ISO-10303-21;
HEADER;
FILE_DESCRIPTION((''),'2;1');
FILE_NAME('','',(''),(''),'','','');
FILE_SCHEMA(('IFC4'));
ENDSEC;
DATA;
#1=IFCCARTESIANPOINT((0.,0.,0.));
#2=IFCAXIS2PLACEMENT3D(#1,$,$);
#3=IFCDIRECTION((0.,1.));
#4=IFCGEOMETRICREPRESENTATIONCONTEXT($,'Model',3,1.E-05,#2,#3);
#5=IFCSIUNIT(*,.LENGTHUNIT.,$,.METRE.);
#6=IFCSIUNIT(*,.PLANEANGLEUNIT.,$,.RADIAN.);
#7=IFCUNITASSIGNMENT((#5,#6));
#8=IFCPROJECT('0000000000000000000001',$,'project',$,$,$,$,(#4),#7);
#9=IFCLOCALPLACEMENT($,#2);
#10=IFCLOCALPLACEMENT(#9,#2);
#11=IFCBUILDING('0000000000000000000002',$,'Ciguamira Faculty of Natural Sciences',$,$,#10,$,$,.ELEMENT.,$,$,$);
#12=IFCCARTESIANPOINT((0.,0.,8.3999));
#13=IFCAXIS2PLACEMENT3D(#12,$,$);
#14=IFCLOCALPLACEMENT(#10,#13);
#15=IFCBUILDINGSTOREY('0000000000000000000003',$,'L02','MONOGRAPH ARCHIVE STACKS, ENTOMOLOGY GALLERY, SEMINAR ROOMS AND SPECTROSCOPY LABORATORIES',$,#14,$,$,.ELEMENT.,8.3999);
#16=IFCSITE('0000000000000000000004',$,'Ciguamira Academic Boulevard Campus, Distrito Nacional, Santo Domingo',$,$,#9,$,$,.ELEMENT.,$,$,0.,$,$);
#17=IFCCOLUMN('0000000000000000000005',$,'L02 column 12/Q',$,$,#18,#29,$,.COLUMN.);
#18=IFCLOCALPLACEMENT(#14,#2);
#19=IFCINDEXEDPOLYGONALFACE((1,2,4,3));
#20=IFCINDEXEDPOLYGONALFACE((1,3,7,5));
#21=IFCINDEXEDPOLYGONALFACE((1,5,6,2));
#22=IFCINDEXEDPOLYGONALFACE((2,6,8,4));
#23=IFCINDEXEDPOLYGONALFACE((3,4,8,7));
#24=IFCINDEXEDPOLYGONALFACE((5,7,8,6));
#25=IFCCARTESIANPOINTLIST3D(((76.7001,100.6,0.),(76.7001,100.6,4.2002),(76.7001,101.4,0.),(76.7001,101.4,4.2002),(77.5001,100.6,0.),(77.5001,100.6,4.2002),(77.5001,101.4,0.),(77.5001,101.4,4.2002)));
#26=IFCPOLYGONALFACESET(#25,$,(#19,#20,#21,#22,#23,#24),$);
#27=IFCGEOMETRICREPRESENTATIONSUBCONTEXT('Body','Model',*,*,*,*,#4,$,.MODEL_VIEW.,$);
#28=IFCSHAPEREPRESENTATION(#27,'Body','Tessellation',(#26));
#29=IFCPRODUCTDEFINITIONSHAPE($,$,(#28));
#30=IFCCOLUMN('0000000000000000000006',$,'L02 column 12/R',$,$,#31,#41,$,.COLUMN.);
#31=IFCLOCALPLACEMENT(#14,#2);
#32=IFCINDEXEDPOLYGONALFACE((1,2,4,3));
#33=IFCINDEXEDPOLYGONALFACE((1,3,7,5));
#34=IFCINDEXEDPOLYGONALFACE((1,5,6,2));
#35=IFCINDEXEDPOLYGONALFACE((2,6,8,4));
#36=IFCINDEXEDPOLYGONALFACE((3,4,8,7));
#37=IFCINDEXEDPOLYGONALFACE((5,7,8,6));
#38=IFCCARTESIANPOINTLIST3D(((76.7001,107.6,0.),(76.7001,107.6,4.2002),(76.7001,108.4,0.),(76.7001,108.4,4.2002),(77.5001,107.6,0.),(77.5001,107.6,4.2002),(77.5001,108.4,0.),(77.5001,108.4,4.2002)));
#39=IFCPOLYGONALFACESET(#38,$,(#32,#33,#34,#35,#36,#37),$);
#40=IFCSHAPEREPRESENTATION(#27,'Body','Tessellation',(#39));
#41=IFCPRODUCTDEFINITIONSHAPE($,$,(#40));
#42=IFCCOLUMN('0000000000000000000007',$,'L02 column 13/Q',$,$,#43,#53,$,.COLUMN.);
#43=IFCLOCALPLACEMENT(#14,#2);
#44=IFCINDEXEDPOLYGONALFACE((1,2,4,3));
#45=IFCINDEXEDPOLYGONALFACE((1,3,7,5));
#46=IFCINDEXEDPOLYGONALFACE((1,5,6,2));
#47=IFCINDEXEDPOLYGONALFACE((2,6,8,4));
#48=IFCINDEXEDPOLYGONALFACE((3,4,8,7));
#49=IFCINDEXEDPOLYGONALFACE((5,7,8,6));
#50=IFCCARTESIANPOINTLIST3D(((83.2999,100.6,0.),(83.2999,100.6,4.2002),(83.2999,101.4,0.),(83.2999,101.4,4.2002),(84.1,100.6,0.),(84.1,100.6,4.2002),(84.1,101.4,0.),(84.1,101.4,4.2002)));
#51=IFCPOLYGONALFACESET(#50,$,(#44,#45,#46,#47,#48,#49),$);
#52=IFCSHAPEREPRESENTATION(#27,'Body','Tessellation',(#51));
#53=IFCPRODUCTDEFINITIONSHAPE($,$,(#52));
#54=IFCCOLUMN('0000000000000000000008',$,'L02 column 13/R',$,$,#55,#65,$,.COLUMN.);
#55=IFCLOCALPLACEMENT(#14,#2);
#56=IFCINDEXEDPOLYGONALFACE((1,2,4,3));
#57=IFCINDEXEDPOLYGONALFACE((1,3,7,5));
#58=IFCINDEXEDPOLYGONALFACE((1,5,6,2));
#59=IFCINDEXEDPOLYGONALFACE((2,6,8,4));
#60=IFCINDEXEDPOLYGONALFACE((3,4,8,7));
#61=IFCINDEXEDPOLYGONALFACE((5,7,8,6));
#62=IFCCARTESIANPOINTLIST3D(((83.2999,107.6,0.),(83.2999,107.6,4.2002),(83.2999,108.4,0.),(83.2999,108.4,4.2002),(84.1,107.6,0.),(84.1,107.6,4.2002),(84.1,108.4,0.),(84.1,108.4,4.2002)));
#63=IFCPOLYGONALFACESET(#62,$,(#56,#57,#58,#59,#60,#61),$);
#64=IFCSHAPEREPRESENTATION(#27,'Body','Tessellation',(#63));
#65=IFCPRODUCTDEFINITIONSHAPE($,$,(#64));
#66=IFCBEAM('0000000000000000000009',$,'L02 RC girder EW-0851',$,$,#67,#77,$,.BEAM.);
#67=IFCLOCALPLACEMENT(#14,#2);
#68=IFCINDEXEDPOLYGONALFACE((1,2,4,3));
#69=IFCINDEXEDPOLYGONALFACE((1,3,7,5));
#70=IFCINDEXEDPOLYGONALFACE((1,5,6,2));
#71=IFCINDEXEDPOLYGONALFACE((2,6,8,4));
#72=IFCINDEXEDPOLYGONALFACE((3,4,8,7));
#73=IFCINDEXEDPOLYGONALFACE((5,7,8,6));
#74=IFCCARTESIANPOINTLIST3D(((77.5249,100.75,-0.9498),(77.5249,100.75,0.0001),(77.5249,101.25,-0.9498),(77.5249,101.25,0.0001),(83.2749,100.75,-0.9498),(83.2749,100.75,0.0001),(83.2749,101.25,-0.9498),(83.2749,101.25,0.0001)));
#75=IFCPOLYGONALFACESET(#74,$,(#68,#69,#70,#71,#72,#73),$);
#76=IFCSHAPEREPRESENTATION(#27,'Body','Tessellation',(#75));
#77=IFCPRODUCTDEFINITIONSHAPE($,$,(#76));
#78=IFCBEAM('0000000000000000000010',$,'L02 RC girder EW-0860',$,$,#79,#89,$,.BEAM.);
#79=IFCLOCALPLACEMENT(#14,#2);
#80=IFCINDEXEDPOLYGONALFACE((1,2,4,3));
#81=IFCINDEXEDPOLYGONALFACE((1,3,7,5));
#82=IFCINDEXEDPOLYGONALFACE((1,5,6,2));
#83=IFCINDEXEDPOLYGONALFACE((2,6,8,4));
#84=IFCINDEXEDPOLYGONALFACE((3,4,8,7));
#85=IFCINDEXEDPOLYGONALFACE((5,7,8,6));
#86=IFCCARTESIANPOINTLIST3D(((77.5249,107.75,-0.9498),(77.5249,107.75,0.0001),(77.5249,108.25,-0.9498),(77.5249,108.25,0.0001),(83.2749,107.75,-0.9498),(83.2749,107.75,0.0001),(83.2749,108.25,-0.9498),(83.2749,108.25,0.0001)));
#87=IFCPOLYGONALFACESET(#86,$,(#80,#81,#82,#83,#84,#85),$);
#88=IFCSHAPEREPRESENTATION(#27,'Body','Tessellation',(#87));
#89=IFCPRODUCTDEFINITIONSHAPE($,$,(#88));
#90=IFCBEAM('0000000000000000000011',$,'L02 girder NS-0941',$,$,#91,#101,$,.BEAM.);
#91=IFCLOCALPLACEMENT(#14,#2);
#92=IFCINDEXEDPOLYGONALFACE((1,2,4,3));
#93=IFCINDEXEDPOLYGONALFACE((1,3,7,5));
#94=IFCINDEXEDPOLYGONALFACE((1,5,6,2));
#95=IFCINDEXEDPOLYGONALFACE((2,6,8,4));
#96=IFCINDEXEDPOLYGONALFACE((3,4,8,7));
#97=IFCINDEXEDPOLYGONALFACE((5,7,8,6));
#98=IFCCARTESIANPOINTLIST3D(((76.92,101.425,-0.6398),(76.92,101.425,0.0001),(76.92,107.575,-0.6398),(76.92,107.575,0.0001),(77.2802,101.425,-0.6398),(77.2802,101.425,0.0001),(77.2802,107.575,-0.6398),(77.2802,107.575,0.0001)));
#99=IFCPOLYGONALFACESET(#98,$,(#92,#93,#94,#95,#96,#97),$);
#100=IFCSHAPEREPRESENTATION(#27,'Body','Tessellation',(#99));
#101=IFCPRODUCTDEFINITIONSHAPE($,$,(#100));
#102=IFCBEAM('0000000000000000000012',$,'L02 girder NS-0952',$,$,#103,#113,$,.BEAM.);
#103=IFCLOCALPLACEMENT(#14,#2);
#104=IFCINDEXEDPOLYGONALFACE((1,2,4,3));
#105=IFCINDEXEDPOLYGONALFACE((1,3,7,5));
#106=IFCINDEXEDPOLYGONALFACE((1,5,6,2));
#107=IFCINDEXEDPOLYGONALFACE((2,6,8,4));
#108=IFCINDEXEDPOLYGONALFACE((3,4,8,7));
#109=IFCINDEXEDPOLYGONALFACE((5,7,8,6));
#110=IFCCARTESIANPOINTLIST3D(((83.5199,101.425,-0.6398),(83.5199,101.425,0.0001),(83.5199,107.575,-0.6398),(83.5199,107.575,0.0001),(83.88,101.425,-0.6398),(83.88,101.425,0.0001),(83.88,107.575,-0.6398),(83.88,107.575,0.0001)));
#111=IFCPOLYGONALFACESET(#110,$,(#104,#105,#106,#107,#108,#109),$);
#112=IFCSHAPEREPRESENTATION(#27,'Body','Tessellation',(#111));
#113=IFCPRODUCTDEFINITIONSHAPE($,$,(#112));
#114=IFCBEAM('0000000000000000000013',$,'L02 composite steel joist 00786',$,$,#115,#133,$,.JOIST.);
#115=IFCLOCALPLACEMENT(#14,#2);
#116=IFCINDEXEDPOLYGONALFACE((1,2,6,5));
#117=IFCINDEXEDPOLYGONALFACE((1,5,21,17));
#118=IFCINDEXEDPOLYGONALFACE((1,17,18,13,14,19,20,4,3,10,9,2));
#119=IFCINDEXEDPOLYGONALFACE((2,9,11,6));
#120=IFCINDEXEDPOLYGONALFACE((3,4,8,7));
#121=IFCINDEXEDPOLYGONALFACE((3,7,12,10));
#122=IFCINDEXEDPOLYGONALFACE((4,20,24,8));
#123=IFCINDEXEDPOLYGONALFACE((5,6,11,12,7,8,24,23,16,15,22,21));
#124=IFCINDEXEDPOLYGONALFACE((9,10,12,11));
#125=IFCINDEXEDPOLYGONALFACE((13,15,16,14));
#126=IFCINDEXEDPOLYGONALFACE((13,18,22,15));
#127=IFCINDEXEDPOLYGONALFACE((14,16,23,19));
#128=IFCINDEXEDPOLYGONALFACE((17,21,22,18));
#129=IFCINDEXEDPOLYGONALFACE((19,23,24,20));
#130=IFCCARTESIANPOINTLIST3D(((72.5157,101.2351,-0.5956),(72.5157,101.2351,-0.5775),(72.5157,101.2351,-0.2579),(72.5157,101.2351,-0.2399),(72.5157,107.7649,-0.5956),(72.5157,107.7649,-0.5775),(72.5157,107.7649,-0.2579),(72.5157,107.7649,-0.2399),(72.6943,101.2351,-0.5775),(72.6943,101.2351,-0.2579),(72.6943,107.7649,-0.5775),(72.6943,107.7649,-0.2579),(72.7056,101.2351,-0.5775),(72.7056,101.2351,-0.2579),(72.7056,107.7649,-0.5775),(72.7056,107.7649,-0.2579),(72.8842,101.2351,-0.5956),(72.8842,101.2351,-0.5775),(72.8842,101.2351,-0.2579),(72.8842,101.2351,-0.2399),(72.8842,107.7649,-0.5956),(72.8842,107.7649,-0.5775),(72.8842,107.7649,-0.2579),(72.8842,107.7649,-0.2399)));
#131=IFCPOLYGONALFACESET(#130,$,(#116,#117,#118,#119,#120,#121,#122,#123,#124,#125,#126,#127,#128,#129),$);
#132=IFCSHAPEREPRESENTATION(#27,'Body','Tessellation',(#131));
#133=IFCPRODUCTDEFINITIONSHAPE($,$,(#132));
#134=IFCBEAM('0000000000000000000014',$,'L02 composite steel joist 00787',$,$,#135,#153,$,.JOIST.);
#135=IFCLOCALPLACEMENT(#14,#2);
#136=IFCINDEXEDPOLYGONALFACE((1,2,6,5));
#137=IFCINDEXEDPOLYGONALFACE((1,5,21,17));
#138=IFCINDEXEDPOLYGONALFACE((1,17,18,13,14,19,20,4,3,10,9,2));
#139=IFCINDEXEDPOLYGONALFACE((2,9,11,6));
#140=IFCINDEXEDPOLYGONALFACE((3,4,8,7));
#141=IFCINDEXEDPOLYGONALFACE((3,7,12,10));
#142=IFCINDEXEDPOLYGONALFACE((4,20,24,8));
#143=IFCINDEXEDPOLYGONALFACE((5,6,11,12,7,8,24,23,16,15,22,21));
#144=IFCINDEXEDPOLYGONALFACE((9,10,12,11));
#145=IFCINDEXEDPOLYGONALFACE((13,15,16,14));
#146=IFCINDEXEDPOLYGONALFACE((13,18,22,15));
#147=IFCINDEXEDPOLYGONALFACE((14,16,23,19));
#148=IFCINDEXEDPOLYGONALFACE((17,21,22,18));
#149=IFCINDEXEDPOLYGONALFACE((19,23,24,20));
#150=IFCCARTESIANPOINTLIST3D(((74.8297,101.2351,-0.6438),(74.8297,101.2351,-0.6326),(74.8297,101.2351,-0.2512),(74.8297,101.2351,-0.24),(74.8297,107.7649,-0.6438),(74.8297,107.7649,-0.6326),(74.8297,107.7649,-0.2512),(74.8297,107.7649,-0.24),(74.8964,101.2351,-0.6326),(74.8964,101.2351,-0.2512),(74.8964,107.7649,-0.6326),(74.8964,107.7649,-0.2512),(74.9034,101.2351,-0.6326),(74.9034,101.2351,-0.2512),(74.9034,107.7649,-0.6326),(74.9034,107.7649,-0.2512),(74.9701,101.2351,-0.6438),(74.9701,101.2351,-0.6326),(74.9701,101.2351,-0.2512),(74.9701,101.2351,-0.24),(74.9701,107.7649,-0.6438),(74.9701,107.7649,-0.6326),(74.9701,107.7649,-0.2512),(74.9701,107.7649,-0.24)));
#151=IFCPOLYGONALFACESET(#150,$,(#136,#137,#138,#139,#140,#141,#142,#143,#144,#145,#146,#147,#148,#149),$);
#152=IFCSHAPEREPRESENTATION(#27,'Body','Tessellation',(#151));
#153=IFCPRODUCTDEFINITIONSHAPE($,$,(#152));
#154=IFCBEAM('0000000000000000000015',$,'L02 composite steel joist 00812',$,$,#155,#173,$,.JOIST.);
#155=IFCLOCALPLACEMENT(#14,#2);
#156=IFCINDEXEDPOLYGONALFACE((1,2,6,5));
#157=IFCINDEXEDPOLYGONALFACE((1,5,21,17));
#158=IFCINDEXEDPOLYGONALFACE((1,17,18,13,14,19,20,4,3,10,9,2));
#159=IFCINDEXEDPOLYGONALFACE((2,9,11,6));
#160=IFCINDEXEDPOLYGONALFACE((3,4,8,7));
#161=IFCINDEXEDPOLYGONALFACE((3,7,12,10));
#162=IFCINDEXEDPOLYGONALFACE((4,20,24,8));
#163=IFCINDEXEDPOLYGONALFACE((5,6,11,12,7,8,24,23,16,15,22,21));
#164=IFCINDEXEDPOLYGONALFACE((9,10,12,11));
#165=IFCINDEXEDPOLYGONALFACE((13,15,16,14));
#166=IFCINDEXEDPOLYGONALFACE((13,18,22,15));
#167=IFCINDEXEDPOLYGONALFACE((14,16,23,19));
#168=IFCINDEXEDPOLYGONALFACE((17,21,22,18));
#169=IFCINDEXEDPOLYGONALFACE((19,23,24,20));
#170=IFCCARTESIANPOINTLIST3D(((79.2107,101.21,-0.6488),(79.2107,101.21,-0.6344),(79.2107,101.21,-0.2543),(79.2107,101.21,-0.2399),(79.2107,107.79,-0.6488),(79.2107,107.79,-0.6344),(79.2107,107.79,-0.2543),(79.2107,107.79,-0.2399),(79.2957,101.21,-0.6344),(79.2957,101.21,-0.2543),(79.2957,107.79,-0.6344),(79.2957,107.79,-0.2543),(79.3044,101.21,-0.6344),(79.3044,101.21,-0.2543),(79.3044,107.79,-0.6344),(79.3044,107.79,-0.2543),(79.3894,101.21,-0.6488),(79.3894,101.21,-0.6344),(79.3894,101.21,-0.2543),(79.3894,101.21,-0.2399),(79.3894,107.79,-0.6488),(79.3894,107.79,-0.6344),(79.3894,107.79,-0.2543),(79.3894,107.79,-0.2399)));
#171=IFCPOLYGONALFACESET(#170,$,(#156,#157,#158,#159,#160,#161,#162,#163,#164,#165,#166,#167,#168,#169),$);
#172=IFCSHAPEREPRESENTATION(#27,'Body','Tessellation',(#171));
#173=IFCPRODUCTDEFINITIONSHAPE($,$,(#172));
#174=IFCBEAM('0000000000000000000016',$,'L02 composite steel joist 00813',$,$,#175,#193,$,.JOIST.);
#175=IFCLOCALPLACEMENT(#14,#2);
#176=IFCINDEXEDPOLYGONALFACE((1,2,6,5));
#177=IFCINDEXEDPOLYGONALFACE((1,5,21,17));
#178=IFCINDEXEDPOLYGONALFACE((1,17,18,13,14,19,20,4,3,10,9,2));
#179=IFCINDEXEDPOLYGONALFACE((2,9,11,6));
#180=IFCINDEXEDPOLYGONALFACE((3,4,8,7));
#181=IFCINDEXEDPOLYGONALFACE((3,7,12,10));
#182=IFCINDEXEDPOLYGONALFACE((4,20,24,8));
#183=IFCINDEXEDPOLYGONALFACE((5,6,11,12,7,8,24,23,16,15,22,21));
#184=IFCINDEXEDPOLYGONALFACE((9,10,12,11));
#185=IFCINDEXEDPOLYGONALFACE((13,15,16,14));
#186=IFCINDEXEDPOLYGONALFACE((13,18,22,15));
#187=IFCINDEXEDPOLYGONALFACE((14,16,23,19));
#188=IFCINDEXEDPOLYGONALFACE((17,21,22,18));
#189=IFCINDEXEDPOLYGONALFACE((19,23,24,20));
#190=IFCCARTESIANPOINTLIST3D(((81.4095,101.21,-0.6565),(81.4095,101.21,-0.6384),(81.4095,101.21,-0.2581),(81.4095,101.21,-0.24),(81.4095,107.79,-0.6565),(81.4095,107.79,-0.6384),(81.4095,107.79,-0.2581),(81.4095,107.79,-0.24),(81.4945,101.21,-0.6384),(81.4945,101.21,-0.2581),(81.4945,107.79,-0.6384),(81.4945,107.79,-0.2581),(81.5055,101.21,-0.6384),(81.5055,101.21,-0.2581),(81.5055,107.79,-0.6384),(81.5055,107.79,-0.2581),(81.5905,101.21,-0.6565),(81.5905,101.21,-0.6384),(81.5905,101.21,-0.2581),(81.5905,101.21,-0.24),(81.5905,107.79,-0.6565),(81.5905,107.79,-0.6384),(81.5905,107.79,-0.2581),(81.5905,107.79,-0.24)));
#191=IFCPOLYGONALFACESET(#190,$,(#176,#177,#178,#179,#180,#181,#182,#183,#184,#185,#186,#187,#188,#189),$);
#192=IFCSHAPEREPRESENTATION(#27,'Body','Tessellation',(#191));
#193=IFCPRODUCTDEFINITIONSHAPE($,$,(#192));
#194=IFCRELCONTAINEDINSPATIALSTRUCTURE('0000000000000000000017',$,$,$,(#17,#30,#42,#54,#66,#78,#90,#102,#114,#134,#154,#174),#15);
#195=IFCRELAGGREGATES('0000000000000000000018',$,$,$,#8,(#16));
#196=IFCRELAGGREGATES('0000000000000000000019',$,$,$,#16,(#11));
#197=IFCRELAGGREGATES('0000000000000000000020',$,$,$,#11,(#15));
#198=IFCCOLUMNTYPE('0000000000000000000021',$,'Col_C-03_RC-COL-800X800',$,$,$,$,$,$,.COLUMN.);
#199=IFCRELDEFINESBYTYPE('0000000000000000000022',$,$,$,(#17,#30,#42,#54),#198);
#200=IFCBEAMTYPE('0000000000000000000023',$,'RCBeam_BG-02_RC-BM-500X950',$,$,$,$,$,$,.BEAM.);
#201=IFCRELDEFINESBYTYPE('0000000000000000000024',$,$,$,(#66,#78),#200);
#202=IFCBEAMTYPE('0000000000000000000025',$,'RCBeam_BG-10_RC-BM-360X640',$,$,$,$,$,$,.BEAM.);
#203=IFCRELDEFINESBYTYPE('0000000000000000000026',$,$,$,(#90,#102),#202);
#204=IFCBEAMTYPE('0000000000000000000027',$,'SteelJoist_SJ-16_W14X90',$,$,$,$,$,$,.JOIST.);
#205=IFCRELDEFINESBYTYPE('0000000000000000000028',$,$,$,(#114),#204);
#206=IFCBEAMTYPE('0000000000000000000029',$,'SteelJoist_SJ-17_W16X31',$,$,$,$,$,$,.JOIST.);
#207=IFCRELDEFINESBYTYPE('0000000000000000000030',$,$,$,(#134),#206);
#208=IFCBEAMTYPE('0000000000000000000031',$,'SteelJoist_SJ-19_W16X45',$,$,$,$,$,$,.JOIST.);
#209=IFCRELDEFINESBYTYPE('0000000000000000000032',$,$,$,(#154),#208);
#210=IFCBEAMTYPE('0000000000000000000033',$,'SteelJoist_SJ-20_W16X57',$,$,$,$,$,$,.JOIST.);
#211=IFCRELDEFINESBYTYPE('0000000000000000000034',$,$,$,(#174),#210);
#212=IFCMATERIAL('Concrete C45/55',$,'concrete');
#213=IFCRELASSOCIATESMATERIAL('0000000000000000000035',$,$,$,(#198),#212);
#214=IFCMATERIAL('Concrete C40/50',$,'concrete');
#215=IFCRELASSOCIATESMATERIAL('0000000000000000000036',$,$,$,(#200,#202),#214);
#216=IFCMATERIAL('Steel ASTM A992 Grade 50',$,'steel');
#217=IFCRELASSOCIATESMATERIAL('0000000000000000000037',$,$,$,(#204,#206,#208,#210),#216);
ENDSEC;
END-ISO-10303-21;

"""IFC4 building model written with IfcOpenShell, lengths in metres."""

from ifc_helpers import new_model, si_unit, direction, frame, origin, origin_2d, place, context, subcontext, project, spatial, rectangle, i_section, extrude, material, material_profile, profile_set, type_object, element, save


model = new_model("IFC4")

# Units and contexts
model_context = context("Model", 3, precision=1e-05, world=origin(), true_north=direction((0.0, 1.0)))
body_context = subcontext(model_context, "Body", "Model", "MODEL_VIEW")
ifc_project = project(units=[si_unit("LENGTHUNIT", "METRE"), si_unit("PLANEANGLEUNIT", "RADIAN")], contexts=[model_context])

# Site, building, storey
site_placement = place(None, origin())
site = spatial("IfcSite", under=ifc_project, at=site_placement, Name="Ciguamira Academic Boulevard Campus, Distrito Nacional, Santo Domingo", CompositionType="ELEMENT", RefElevation=0.0)
building_placement = place(site_placement, origin())
building = spatial("IfcBuilding", under=site, at=building_placement, Name="Ciguamira Faculty of Natural Sciences", CompositionType="ELEMENT")
storey_placement = place(building_placement, frame((0.0, 0.0, 8.3999)))
storey = spatial("IfcBuildingStorey", under=building, at=storey_placement, Name="L02", Description="MONOGRAPH ARCHIVE STACKS, ENTOMOLOGY GALLERY, SEMINAR ROOMS AND SPECTROSCOPY LABORATORIES", CompositionType="ELEMENT", Elevation=8.3999)

# Columns
ifc_material_1 = material(Name="Concrete C45/55", Category="concrete")
ifc_material_profile_1 = material_profile(ifc_material_1, rectangle(XDim=0.8, YDim=0.8, at=origin_2d()), Name="RC-COL-800X800")
ifc_profile_set_1 = profile_set([ifc_material_profile_1], Name="Concrete C45/55")
column_type = type_object("IfcColumnType", Name="Col_C-03_RC-COL-800X800", PredefinedType="COLUMN", material=ifc_profile_set_1)
for number, where, z_axis, x_axis, name in (
    (1, (77.1001, 101.0, 0.0), (0.0, 0.0, 1.0), (1.0, 0.0, 0.0), "L02 column 12/Q"),
    (2, (77.1001, 108.0, 0.0), (0.0, 0.0, 1.0), (1.0, 0.0, 0.0), "L02 column 12/R"),
    (3, (83.7, 101.0, 0.0), (0.0, 0.0, 1.0), (1.0, 0.0, 0.0), "L02 column 13/Q"),
    (4, (83.7, 108.0, 0.0), (0.0, 0.0, 1.0), (1.0, 0.0, 0.0), "L02 column 13/R"),
):
    element("IfcColumn", number, at=place(storey_placement, frame(where, z_axis=z_axis, x_axis=x_axis)), inside=storey, type_object=column_type, Name=name, PredefinedType="COLUMN", context=body_context, shape_type="SweptSolid", body=[
        extrude(rectangle(XDim=0.8, YDim=0.8, at=origin_2d()), origin(), (0.0, 0.0, 1.0), 4.2002),
    ])

# Beams
ifc_material_2 = material(Name="Concrete C40/50", Category="concrete")
ifc_material_profile_2 = material_profile(ifc_material_2, rectangle(XDim=0.5, YDim=0.95, at=origin_2d()), Name="RC-BM-500X950")
ifc_profile_set_2 = profile_set([ifc_material_profile_2], Name="Concrete C40/50")
beam_type_1 = type_object("IfcBeamType", Name="RCBeam_BG-02_RC-BM-500X950", PredefinedType="BEAM", material=ifc_profile_set_2)
for number, where, z_axis, x_axis, name in (
    (5, (77.5249, 101.0, -0.4749), (1.0, 0.0, 0.0), (0.0, 1.0, 0.0), "L02 RC girder EW-0851"),
    (6, (77.5249, 108.0, -0.4749), (1.0, 0.0, 0.0), (0.0, 1.0, 0.0), "L02 RC girder EW-0860"),
):
    element("IfcBeam", number, at=place(storey_placement, frame(where, z_axis=z_axis, x_axis=x_axis)), inside=storey, type_object=beam_type_1, Name=name, PredefinedType="BEAM", context=body_context, shape_type="SweptSolid", body=[
        extrude(rectangle(XDim=0.5, YDim=0.95, at=origin_2d()), origin(), (0.0, 0.0, 1.0), 5.75),
    ])
ifc_material_profile_3 = material_profile(ifc_material_2, rectangle(XDim=0.3601, YDim=0.6399, at=origin_2d()), Name="RC-BM-360X640")
ifc_profile_set_3 = profile_set([ifc_material_profile_3], Name="Concrete C40/50")
beam_type_2 = type_object("IfcBeamType", Name="RCBeam_BG-10_RC-BM-360X640", PredefinedType="BEAM", material=ifc_profile_set_3)
for number, where, z_axis, x_axis, name in (
    (7, (77.1001, 101.425, -0.3198), (0.0, 1.0, 0.0), (-1.0, 0.0, 0.0), "L02 girder NS-0941"),
    (8, (83.7, 101.425, -0.3198), (0.0, 1.0, 0.0), (-1.0, 0.0, 0.0), "L02 girder NS-0952"),
):
    element("IfcBeam", number, at=place(storey_placement, frame(where, z_axis=z_axis, x_axis=x_axis)), inside=storey, type_object=beam_type_2, Name=name, PredefinedType="BEAM", context=body_context, shape_type="SweptSolid", body=[
        extrude(rectangle(XDim=0.3601, YDim=0.6399, at=origin_2d()), origin(), (0.0, 0.0, 1.0), 6.1499),
    ])
ifc_material_3 = material(Name="Steel ASTM A992 Grade 50", Category="steel")
ifc_material_profile_4 = material_profile(ifc_material_3, i_section(OverallWidth=0.3684, OverallDepth=0.3557, WebThickness=0.0112, FlangeThickness=0.0181, at=origin_2d()), Name="W14X90")
ifc_profile_set_4 = profile_set([ifc_material_profile_4], Name="Steel ASTM A992 Grade 50")
beam_type_3 = type_object("IfcBeamType", Name="SteelJoist_SJ-16_W14X90", PredefinedType="JOIST", material=ifc_profile_set_4)
beam_1_placement = place(storey_placement, frame((72.7, 101.2351, -0.4177), z_axis=(0.0, 1.0, 0.0), x_axis=(-1.0, 0.0, 0.0)))
element("IfcBeam", 9, at=beam_1_placement, inside=storey, type_object=beam_type_3, Name="L02 composite steel joist 00786", PredefinedType="JOIST", context=body_context, shape_type="SweptSolid", body=[
    extrude(i_section(OverallWidth=0.3684, OverallDepth=0.3557, WebThickness=0.0112, FlangeThickness=0.0181, at=origin_2d()), origin(), (0.0, 0.0, 1.0), 6.5298),
])
ifc_material_profile_5 = material_profile(ifc_material_3, i_section(OverallWidth=0.1404, OverallDepth=0.4038, WebThickness=0.0071, FlangeThickness=0.0112, at=origin_2d()), Name="W16X31")
ifc_profile_set_5 = profile_set([ifc_material_profile_5], Name="Steel ASTM A992 Grade 50")
beam_type_4 = type_object("IfcBeamType", Name="SteelJoist_SJ-17_W16X31", PredefinedType="JOIST", material=ifc_profile_set_5)
beam_2_placement = place(storey_placement, frame((74.8999, 101.2351, -0.4419), z_axis=(0.0, 1.0, 0.0), x_axis=(-1.0, 0.0, 0.0)))
element("IfcBeam", 10, at=beam_2_placement, inside=storey, type_object=beam_type_4, Name="L02 composite steel joist 00787", PredefinedType="JOIST", context=body_context, shape_type="SweptSolid", body=[
    extrude(i_section(OverallWidth=0.1404, OverallDepth=0.4038, WebThickness=0.0071, FlangeThickness=0.0112, at=origin_2d()), origin(), (0.0, 0.0, 1.0), 6.5298),
])
ifc_material_profile_6 = material_profile(ifc_material_3, i_section(OverallWidth=0.1787, OverallDepth=0.4089, WebThickness=0.0088, FlangeThickness=0.0144, at=origin_2d()), Name="W16X45")
ifc_profile_set_6 = profile_set([ifc_material_profile_6], Name="Steel ASTM A992 Grade 50")
beam_type_5 = type_object("IfcBeamType", Name="SteelJoist_SJ-19_W16X45", PredefinedType="JOIST", material=ifc_profile_set_6)
beam_3_placement = place(storey_placement, frame((79.3, 101.21, -0.4443), z_axis=(0.0, 1.0, 0.0), x_axis=(-1.0, 0.0, 0.0)))
element("IfcBeam", 11, at=beam_3_placement, inside=storey, type_object=beam_type_5, Name="L02 composite steel joist 00812", PredefinedType="JOIST", context=body_context, shape_type="SweptSolid", body=[
    extrude(i_section(OverallWidth=0.1787, OverallDepth=0.4089, WebThickness=0.0088, FlangeThickness=0.0144, at=origin_2d()), origin(), (0.0, 0.0, 1.0), 6.5801),
])
ifc_material_profile_7 = material_profile(ifc_material_3, i_section(OverallWidth=0.1809, OverallDepth=0.4165, WebThickness=0.011, FlangeThickness=0.0181, at=origin_2d()), Name="W16X57")
ifc_profile_set_7 = profile_set([ifc_material_profile_7], Name="Steel ASTM A992 Grade 50")
beam_type_6 = type_object("IfcBeamType", Name="SteelJoist_SJ-20_W16X57", PredefinedType="JOIST", material=ifc_profile_set_7)
beam_4_placement = place(storey_placement, frame((81.5, 101.21, -0.4482), z_axis=(0.0, 1.0, 0.0), x_axis=(-1.0, 0.0, 0.0)))
element("IfcBeam", 12, at=beam_4_placement, inside=storey, type_object=beam_type_6, Name="L02 composite steel joist 00813", PredefinedType="JOIST", context=body_context, shape_type="SweptSolid", body=[
    extrude(i_section(OverallWidth=0.1809, OverallDepth=0.4165, WebThickness=0.011, FlangeThickness=0.0181, at=origin_2d()), origin(), (0.0, 0.0, 1.0), 6.5801),
])

save(model, "model.ifc")
